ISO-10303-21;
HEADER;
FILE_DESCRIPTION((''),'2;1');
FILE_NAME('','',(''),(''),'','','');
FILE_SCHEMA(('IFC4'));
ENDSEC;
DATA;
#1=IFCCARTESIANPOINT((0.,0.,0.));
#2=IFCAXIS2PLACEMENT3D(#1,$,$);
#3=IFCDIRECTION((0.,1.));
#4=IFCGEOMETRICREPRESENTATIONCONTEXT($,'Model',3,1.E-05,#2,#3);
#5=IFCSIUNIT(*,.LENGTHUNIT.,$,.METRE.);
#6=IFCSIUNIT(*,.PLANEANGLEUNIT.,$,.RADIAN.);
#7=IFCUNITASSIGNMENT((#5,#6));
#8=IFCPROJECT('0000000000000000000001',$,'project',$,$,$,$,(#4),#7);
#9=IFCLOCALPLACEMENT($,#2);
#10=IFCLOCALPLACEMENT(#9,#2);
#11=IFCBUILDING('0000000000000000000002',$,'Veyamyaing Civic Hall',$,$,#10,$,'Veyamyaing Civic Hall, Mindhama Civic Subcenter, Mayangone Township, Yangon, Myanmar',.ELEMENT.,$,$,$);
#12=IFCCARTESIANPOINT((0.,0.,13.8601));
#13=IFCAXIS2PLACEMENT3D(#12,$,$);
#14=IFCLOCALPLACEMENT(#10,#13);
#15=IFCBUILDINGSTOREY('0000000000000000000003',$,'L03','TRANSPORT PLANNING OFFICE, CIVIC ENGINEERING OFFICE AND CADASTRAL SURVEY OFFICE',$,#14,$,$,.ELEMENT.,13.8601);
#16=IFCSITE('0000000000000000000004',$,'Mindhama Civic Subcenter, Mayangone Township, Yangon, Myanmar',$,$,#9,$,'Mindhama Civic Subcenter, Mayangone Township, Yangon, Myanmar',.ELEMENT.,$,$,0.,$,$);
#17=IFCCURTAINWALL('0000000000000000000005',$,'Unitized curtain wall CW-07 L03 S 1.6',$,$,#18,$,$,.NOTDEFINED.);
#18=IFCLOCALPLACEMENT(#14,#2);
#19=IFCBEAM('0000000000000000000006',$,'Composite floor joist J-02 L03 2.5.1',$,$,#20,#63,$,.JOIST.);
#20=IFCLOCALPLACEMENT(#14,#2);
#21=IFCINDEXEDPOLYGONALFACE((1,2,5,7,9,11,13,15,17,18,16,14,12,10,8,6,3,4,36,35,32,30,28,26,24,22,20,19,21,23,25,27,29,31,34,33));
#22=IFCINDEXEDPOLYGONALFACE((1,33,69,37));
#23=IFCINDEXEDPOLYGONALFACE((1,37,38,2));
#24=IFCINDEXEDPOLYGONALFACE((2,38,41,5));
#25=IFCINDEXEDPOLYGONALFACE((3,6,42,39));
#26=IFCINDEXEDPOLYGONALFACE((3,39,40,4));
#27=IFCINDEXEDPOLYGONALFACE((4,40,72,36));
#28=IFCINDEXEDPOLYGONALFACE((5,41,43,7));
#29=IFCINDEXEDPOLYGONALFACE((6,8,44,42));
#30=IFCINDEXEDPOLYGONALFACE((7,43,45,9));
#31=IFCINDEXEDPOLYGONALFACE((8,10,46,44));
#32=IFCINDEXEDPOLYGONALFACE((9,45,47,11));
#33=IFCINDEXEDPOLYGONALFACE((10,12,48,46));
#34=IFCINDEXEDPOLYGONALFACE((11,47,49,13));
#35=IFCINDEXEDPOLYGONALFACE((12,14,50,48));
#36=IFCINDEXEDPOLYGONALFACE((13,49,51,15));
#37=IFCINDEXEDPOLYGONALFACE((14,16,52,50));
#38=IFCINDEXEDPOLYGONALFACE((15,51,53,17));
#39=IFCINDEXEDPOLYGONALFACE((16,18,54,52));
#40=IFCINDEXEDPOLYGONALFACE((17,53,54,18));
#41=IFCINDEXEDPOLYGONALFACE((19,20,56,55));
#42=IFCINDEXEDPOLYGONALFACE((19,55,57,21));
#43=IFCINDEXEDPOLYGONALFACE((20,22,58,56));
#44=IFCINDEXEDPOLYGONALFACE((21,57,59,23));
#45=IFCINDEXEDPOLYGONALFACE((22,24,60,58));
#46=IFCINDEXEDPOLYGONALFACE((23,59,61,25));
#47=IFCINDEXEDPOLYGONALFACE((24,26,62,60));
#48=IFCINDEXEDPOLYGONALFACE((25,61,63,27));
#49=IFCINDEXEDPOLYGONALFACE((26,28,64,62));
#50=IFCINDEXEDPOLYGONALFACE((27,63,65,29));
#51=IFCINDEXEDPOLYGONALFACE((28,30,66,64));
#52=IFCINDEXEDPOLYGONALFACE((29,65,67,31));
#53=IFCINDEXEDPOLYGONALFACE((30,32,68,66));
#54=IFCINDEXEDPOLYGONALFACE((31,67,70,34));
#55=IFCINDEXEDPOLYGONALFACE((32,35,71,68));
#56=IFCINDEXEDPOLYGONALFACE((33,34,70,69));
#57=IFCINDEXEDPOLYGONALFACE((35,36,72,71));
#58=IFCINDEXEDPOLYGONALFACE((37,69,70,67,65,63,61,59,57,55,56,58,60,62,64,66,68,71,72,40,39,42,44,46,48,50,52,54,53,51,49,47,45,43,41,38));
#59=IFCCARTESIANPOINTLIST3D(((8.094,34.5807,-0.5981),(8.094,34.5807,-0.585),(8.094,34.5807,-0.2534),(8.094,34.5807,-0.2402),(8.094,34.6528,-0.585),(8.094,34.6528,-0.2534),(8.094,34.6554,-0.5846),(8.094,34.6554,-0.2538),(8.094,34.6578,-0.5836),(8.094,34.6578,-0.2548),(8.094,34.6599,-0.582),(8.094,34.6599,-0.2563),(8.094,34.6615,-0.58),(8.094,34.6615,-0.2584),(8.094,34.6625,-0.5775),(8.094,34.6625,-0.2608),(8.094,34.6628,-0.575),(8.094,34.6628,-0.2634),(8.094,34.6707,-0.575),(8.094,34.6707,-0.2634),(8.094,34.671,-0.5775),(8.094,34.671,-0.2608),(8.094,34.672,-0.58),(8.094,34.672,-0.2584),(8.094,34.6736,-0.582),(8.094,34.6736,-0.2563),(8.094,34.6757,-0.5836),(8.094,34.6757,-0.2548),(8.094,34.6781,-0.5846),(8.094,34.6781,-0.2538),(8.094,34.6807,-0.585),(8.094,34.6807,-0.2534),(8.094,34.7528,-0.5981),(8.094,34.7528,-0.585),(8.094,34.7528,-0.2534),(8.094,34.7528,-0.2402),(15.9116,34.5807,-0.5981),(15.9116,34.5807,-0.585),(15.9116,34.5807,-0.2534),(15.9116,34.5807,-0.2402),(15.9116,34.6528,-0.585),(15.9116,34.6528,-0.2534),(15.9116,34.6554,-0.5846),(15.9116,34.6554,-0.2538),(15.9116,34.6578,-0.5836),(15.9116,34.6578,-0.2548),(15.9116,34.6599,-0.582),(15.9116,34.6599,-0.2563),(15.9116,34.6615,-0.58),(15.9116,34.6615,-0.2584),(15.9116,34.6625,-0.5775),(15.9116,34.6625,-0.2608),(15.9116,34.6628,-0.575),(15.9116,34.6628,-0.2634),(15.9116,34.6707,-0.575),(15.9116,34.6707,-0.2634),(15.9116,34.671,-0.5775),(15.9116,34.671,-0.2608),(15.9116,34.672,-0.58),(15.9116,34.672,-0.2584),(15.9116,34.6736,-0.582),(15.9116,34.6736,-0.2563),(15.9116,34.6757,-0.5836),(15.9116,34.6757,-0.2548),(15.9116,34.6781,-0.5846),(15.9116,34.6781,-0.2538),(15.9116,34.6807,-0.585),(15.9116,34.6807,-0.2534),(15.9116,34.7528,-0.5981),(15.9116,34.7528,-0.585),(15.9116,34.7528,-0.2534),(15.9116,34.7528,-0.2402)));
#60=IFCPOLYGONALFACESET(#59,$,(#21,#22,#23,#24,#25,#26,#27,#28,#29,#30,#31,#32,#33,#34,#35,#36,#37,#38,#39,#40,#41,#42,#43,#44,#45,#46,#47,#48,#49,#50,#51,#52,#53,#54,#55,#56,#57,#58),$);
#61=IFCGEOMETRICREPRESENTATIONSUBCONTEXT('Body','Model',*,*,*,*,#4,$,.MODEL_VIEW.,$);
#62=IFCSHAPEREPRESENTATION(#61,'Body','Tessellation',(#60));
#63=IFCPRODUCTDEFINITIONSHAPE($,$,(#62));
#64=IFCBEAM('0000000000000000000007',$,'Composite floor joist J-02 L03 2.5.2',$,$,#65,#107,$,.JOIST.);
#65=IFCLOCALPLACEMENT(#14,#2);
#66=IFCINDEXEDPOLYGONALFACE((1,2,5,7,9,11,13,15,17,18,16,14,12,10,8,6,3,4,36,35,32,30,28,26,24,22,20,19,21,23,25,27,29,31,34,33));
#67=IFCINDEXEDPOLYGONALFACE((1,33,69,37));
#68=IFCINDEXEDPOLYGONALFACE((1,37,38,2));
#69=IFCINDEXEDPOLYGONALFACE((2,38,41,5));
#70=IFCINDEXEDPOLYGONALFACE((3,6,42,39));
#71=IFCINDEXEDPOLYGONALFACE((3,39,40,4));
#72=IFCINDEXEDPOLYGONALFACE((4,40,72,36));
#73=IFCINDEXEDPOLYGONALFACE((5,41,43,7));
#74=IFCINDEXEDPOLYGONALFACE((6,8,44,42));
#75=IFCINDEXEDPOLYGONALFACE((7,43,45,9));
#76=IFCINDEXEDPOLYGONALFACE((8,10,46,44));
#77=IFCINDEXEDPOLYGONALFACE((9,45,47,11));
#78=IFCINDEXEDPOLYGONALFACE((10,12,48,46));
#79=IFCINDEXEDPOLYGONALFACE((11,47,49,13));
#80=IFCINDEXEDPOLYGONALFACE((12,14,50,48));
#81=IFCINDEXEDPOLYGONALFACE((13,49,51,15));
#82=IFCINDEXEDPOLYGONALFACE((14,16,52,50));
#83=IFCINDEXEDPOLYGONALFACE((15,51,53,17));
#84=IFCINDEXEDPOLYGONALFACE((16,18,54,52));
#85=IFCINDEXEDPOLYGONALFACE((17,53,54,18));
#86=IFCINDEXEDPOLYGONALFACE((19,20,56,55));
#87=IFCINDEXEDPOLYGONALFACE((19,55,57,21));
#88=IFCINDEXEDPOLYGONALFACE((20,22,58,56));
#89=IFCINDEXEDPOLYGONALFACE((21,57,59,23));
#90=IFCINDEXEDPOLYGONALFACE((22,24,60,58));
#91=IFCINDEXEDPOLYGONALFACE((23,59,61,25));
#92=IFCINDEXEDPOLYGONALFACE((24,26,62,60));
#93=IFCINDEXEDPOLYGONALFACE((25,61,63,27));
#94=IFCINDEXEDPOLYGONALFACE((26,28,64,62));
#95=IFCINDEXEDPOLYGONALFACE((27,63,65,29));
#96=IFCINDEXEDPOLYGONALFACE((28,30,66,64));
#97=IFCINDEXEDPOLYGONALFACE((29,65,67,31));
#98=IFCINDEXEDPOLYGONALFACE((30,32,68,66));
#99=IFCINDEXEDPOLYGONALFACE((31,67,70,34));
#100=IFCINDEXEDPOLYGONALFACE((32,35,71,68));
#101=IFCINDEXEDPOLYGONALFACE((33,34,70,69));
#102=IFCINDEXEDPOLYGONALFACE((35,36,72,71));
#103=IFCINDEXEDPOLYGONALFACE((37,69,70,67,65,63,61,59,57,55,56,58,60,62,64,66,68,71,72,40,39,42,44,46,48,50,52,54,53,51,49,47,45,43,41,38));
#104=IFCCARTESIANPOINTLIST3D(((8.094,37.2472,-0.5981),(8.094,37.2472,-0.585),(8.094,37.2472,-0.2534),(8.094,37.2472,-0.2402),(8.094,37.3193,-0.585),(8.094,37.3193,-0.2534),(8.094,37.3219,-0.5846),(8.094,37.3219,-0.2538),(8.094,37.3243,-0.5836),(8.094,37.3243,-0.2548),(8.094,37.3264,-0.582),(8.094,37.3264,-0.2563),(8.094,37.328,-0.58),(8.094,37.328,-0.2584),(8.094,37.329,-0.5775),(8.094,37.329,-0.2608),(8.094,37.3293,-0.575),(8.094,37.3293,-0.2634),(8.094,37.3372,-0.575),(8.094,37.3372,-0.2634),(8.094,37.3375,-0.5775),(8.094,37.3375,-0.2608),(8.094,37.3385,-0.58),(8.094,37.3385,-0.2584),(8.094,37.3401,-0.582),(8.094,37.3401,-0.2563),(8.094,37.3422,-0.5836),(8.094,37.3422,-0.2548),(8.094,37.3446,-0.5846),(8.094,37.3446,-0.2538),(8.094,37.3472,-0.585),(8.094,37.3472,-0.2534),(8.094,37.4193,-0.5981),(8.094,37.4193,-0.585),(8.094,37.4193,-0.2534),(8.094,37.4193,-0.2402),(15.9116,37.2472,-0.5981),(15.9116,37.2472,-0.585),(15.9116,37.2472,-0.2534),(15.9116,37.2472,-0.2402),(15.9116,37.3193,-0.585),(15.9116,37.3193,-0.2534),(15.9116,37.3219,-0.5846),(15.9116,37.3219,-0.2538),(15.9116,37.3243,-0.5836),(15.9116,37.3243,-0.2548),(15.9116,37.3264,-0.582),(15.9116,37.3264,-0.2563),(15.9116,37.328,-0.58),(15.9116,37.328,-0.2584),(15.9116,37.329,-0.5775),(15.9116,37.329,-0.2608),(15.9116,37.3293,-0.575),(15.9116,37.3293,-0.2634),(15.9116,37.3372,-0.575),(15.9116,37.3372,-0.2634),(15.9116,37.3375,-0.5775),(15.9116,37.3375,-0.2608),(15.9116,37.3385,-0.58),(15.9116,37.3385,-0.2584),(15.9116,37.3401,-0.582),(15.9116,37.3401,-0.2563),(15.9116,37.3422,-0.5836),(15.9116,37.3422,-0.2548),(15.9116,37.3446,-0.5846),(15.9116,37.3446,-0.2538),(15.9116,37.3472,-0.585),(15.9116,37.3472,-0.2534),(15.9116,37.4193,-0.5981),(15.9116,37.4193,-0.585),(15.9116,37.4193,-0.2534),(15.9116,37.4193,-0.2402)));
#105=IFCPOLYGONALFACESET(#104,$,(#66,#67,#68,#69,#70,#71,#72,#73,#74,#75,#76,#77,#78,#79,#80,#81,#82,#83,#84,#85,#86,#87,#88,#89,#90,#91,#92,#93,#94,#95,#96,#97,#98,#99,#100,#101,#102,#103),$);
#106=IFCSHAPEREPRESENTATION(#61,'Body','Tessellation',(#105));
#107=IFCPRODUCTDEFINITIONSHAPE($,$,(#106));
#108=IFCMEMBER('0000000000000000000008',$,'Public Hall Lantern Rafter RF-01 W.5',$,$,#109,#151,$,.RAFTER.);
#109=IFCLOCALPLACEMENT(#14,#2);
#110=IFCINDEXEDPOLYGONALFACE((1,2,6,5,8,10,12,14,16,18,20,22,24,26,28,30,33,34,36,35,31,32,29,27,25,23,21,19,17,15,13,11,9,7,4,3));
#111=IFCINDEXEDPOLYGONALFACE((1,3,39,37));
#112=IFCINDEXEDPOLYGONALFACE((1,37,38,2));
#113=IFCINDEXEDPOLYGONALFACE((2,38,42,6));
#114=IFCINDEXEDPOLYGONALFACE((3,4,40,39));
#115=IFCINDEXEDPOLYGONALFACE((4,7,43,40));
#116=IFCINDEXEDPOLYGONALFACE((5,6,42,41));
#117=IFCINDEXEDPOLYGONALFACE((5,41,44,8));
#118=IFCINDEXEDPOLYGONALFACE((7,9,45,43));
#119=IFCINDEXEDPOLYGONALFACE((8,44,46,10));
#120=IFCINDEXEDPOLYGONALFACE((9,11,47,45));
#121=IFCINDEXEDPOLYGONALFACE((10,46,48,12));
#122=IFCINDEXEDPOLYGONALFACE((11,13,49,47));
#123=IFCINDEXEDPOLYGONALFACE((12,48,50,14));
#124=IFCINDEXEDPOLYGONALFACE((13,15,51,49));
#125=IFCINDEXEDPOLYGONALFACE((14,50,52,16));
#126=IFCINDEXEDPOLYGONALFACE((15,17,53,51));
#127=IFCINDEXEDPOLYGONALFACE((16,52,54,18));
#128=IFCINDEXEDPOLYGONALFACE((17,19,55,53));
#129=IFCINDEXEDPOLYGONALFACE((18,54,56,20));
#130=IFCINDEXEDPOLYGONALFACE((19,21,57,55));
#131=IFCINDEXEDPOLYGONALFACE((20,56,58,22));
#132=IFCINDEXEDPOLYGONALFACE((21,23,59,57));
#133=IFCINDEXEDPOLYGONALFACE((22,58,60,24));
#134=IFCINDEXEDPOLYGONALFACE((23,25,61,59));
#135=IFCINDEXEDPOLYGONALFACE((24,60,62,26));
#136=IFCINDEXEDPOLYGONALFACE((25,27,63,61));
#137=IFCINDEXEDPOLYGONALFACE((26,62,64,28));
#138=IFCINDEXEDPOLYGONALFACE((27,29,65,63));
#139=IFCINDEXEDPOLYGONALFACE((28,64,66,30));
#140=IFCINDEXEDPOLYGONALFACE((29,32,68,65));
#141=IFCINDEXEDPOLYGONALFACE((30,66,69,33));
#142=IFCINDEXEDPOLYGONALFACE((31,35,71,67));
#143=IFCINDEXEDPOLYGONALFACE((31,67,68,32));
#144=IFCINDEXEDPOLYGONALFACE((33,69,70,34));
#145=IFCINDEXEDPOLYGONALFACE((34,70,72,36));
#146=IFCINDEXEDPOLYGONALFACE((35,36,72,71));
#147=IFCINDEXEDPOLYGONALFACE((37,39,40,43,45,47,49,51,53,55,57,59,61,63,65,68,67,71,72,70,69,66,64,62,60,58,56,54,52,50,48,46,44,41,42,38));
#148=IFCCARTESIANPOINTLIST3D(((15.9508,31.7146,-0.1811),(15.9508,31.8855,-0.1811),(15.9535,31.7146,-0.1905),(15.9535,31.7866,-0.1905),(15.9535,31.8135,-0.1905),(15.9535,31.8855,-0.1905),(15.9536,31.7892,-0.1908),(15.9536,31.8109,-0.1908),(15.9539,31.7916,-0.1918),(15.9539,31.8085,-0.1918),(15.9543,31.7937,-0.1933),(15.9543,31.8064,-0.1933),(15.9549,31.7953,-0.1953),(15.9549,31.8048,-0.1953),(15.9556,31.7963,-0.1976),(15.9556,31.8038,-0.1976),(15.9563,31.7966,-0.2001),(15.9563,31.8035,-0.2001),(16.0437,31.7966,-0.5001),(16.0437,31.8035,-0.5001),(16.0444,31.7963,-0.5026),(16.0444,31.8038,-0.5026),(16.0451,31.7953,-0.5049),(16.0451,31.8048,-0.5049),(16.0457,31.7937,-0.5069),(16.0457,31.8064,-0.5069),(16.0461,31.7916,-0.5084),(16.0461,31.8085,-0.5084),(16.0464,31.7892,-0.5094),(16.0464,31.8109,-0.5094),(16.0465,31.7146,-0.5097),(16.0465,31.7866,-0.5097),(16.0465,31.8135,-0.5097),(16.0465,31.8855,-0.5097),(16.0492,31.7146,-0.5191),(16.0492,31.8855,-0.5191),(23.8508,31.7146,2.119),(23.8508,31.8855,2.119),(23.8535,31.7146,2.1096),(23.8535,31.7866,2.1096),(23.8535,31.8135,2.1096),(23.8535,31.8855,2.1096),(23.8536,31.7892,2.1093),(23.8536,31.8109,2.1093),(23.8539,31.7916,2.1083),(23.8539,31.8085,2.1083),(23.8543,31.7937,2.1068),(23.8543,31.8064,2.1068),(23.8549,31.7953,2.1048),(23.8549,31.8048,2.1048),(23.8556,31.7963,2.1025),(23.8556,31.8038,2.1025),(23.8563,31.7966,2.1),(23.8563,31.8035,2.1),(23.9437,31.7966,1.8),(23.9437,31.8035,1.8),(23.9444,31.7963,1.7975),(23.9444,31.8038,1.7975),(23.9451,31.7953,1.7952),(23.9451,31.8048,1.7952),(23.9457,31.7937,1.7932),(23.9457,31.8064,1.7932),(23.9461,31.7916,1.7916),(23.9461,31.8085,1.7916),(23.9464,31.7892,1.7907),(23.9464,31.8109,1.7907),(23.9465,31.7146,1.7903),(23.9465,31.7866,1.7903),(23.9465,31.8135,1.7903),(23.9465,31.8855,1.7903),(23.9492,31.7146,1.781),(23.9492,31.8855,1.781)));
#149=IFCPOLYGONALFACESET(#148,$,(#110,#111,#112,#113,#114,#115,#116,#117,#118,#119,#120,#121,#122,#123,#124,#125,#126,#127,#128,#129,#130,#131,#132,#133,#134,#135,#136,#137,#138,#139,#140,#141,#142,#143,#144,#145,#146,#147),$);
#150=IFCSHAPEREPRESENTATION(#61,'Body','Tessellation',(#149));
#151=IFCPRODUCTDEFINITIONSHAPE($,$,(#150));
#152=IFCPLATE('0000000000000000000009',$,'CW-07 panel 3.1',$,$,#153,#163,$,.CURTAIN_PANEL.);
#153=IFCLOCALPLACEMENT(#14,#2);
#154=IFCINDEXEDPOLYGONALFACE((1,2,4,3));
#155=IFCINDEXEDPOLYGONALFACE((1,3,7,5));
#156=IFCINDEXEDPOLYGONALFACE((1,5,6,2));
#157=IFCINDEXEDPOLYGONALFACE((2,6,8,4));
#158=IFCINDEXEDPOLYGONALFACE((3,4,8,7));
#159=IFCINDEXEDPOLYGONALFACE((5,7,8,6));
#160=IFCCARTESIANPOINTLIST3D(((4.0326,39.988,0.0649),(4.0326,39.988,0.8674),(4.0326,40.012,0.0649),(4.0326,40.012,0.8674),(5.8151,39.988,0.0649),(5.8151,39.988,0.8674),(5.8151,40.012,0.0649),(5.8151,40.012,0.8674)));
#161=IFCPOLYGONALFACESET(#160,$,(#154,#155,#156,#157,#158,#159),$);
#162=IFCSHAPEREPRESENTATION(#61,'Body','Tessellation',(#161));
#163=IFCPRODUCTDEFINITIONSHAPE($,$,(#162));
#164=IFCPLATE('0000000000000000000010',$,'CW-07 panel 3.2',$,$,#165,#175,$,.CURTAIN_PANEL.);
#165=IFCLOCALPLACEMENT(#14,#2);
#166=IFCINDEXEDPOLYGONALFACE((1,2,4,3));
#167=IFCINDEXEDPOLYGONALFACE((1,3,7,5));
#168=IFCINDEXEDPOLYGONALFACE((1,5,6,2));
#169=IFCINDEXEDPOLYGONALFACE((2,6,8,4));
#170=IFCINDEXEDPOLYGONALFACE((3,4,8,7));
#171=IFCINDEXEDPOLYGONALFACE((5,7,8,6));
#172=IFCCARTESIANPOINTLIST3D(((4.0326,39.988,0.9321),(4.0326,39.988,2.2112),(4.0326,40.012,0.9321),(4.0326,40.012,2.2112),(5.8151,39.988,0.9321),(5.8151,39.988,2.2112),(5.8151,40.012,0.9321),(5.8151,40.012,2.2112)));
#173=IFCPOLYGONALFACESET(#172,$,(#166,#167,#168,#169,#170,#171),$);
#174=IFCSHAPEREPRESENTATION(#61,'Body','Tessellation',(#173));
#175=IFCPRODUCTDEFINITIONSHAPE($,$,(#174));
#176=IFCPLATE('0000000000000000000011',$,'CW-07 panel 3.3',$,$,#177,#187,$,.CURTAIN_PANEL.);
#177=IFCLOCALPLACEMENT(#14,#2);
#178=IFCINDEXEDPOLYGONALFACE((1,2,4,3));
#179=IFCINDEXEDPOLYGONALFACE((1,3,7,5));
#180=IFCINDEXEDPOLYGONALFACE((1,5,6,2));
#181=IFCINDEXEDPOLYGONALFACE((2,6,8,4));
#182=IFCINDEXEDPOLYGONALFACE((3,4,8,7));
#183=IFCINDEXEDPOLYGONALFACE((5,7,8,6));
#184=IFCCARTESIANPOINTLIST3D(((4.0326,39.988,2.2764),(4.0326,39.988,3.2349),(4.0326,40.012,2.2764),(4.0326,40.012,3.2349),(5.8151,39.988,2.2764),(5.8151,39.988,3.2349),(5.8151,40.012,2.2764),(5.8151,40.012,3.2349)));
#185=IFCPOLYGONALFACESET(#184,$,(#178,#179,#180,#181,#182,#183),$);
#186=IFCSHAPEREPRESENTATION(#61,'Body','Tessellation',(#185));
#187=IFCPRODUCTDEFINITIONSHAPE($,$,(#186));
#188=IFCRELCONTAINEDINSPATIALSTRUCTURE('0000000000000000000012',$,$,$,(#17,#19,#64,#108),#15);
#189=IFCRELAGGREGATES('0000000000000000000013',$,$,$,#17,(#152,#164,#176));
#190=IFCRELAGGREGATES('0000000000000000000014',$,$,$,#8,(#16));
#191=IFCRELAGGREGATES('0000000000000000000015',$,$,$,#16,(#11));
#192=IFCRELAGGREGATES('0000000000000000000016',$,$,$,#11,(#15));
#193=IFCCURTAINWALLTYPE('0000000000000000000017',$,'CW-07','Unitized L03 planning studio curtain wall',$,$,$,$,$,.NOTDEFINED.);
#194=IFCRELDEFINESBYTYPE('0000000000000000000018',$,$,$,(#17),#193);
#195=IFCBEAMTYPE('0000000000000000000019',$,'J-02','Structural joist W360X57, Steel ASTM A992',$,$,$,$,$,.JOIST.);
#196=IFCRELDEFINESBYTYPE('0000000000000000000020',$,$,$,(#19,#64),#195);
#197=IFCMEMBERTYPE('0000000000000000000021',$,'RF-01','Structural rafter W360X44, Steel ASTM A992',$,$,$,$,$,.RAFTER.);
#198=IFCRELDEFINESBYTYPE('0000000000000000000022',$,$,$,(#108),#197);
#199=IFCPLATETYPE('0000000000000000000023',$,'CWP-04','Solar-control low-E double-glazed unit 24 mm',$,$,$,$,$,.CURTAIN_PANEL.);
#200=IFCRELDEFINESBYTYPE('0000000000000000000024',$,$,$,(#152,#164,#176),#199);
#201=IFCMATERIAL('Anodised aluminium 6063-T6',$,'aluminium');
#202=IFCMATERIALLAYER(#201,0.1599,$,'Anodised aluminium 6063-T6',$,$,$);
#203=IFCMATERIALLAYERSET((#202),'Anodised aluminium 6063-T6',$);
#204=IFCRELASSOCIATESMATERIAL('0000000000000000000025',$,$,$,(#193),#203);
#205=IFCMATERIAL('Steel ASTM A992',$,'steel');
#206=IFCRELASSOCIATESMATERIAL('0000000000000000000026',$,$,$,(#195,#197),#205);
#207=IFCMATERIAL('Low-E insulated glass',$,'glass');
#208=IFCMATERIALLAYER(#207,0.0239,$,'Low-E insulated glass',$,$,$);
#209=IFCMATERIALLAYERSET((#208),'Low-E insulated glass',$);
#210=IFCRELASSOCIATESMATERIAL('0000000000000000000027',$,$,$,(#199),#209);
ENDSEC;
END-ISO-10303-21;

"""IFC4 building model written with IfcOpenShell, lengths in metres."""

from ifc_helpers import new_model, si_unit, direction, frame, origin, origin_2d, place, context, subcontext, project, spatial, rectangle, i_section, extrude, material, layer, layer_set, material_profile, profile_set, type_object, element, aggregate, save


model = new_model("IFC4")

# Units and contexts
model_context = context("Model", 3, precision=1e-05, world=origin(), true_north=direction((0.0, 1.0)))
body_context = subcontext(model_context, "Body", "Model", "MODEL_VIEW")
ifc_project = project(units=[si_unit("LENGTHUNIT", "METRE"), si_unit("PLANEANGLEUNIT", "RADIAN")], contexts=[model_context])

# Site, building, storey
site_placement = place(None, origin())
site = spatial("IfcSite", under=ifc_project, at=site_placement, Name="Mindhama Civic Subcenter, Mayangone Township, Yangon, Myanmar", LongName="Mindhama Civic Subcenter, Mayangone Township, Yangon, Myanmar", CompositionType="ELEMENT", RefElevation=0.0)
building_placement = place(site_placement, origin())
building = spatial("IfcBuilding", under=site, at=building_placement, Name="Veyamyaing Civic Hall", LongName="Veyamyaing Civic Hall, Mindhama Civic Subcenter, Mayangone Township, Yangon, Myanmar", CompositionType="ELEMENT")
storey_placement = place(building_placement, frame((0.0, 0.0, 13.8601)))
storey = spatial("IfcBuildingStorey", under=building, at=storey_placement, Name="L03", Description="TRANSPORT PLANNING OFFICE, CIVIC ENGINEERING OFFICE AND CADASTRAL SURVEY OFFICE", CompositionType="ELEMENT", Elevation=13.8601)

# Shared definitions
ifc_material_1 = material(Name="Steel ASTM A992", Category="steel")

# Curtain wall
ifc_material_2 = material(Name="Anodised aluminium 6063-T6", Category="aluminium")
ifc_layer_1 = layer(ifc_material_2, 0.1599, Name="Anodised aluminium 6063-T6")
ifc_layer_set_1 = layer_set([ifc_layer_1], Name="Anodised aluminium 6063-T6")
curtain_wall_type = type_object("IfcCurtainWallType", Name="CW-07", Description="Unitized L03 planning studio curtain wall", PredefinedType="NOTDEFINED", material=ifc_layer_set_1)
curtain_wall_placement = place(storey_placement, origin())
curtain_wall = element("IfcCurtainWall", 1, at=curtain_wall_placement, inside=storey, type_object=curtain_wall_type, Name="Unitized curtain wall CW-07 L03 S 1.6", PredefinedType="NOTDEFINED")

# Beams
ifc_material_profile_1 = material_profile(ifc_material_1, i_section(OverallWidth=0.1721, OverallDepth=0.3579, WebThickness=0.0078, FlangeThickness=0.0132, FilletRadius=0.01, at=origin_2d()), Name="W360X57")
ifc_profile_set_1 = profile_set([ifc_material_profile_1], Name="Steel ASTM A992")
beam_type_1 = type_object("IfcBeamType", Name="J-02", Description="Structural joist W360X57, Steel ASTM A992", PredefinedType="JOIST", material=ifc_profile_set_1)
for number, where, z_axis, x_axis, name in (
    (2, (8.094, 34.6667, -0.4192), (1.0, 0.0, 0.0), (0.0, 1.0, 0.0), "Composite floor joist J-02 L03 2.5.1"),
    (3, (8.094, 37.3333, -0.4192), (1.0, 0.0, 0.0), (0.0, 1.0, 0.0), "Composite floor joist J-02 L03 2.5.2"),
):
    element("IfcBeam", number, at=place(storey_placement, frame(where, z_axis=z_axis, x_axis=x_axis)), inside=storey, type_object=beam_type_1, Name=name, PredefinedType="JOIST", context=body_context, shape_type="SweptSolid", body=[
        extrude(i_section(OverallWidth=0.1721, OverallDepth=0.3579, WebThickness=0.0078, FlangeThickness=0.0132, FilletRadius=0.01, at=origin_2d()), origin(), (0.0, 0.0, 1.0), 7.8176),
    ])

# Member
ifc_material_profile_2 = material_profile(ifc_material_1, i_section(OverallWidth=0.1709, OverallDepth=0.3521, WebThickness=0.0068, FlangeThickness=0.0098, FilletRadius=0.01, at=origin_2d()), Name="W360X44")
ifc_profile_set_2 = profile_set([ifc_material_profile_2], Name="Steel ASTM A992")
member_type_1 = type_object("IfcMemberType", Name="RF-01", Description="Structural rafter W360X44, Steel ASTM A992", PredefinedType="RAFTER", material=ifc_profile_set_2)
member_1_placement = place(storey_placement, frame((16.0, 31.8, -0.3501), z_axis=(0.960133, 0.0, 0.279542), x_axis=(0.0, 1.0, 0.0)))
element("IfcMember", 4, at=member_1_placement, inside=storey, type_object=member_type_1, Name="Public Hall Lantern Rafter RF-01 W.5", PredefinedType="RAFTER", context=body_context, shape_type="SweptSolid", body=[
    extrude(i_section(OverallWidth=0.1709, OverallDepth=0.3521, WebThickness=0.0068, FlangeThickness=0.0098, FilletRadius=0.01, at=origin_2d()), origin(), (0.0, 0.0, 1.0), 8.228),
])

# Plates
ifc_material_3 = material(Name="Low-E insulated glass", Category="glass")
ifc_layer_2 = layer(ifc_material_3, 0.0239, Name="Low-E insulated glass")
ifc_layer_set_2 = layer_set([ifc_layer_2], Name="Low-E insulated glass")
plate_type = type_object("IfcPlateType", Name="CWP-04", Description="Solar-control low-E double-glazed unit 24 mm", PredefinedType="CURTAIN_PANEL", material=ifc_layer_set_2)
plate_1_placement = place(storey_placement, frame((4.9238, 40.0, 0.0649), z_axis=(0.0, 0.0, 1.0), x_axis=(1.0, 0.0, 0.0)))
plate_1 = element("IfcPlate", 5, at=plate_1_placement, type_object=plate_type, Name="CW-07 panel 3.1", PredefinedType="CURTAIN_PANEL", context=body_context, shape_type="SweptSolid", body=[
    extrude(rectangle(XDim=1.7825, YDim=0.0239, at=origin_2d()), origin(), (0.0, 0.0, 1.0), 0.8025),
])
plate_2_placement = place(storey_placement, frame((4.9238, 40.0, 0.9321), z_axis=(0.0, 0.0, 1.0), x_axis=(1.0, 0.0, 0.0)))
plate_2 = element("IfcPlate", 6, at=plate_2_placement, type_object=plate_type, Name="CW-07 panel 3.2", PredefinedType="CURTAIN_PANEL", context=body_context, shape_type="SweptSolid", body=[
    extrude(rectangle(XDim=1.7825, YDim=0.0239, at=origin_2d()), origin(), (0.0, 0.0, 1.0), 1.2791),
])
plate_3_placement = place(storey_placement, frame((4.9238, 40.0, 2.2764), z_axis=(0.0, 0.0, 1.0), x_axis=(1.0, 0.0, 0.0)))
plate_3 = element("IfcPlate", 7, at=plate_3_placement, type_object=plate_type, Name="CW-07 panel 3.3", PredefinedType="CURTAIN_PANEL", context=body_context, shape_type="SweptSolid", body=[
    extrude(rectangle(XDim=1.7825, YDim=0.0239, at=origin_2d()), origin(), (0.0, 0.0, 1.0), 0.9585),
])
aggregate(curtain_wall, [plate_1, plate_2, plate_3])

save(model, "model.ifc")
